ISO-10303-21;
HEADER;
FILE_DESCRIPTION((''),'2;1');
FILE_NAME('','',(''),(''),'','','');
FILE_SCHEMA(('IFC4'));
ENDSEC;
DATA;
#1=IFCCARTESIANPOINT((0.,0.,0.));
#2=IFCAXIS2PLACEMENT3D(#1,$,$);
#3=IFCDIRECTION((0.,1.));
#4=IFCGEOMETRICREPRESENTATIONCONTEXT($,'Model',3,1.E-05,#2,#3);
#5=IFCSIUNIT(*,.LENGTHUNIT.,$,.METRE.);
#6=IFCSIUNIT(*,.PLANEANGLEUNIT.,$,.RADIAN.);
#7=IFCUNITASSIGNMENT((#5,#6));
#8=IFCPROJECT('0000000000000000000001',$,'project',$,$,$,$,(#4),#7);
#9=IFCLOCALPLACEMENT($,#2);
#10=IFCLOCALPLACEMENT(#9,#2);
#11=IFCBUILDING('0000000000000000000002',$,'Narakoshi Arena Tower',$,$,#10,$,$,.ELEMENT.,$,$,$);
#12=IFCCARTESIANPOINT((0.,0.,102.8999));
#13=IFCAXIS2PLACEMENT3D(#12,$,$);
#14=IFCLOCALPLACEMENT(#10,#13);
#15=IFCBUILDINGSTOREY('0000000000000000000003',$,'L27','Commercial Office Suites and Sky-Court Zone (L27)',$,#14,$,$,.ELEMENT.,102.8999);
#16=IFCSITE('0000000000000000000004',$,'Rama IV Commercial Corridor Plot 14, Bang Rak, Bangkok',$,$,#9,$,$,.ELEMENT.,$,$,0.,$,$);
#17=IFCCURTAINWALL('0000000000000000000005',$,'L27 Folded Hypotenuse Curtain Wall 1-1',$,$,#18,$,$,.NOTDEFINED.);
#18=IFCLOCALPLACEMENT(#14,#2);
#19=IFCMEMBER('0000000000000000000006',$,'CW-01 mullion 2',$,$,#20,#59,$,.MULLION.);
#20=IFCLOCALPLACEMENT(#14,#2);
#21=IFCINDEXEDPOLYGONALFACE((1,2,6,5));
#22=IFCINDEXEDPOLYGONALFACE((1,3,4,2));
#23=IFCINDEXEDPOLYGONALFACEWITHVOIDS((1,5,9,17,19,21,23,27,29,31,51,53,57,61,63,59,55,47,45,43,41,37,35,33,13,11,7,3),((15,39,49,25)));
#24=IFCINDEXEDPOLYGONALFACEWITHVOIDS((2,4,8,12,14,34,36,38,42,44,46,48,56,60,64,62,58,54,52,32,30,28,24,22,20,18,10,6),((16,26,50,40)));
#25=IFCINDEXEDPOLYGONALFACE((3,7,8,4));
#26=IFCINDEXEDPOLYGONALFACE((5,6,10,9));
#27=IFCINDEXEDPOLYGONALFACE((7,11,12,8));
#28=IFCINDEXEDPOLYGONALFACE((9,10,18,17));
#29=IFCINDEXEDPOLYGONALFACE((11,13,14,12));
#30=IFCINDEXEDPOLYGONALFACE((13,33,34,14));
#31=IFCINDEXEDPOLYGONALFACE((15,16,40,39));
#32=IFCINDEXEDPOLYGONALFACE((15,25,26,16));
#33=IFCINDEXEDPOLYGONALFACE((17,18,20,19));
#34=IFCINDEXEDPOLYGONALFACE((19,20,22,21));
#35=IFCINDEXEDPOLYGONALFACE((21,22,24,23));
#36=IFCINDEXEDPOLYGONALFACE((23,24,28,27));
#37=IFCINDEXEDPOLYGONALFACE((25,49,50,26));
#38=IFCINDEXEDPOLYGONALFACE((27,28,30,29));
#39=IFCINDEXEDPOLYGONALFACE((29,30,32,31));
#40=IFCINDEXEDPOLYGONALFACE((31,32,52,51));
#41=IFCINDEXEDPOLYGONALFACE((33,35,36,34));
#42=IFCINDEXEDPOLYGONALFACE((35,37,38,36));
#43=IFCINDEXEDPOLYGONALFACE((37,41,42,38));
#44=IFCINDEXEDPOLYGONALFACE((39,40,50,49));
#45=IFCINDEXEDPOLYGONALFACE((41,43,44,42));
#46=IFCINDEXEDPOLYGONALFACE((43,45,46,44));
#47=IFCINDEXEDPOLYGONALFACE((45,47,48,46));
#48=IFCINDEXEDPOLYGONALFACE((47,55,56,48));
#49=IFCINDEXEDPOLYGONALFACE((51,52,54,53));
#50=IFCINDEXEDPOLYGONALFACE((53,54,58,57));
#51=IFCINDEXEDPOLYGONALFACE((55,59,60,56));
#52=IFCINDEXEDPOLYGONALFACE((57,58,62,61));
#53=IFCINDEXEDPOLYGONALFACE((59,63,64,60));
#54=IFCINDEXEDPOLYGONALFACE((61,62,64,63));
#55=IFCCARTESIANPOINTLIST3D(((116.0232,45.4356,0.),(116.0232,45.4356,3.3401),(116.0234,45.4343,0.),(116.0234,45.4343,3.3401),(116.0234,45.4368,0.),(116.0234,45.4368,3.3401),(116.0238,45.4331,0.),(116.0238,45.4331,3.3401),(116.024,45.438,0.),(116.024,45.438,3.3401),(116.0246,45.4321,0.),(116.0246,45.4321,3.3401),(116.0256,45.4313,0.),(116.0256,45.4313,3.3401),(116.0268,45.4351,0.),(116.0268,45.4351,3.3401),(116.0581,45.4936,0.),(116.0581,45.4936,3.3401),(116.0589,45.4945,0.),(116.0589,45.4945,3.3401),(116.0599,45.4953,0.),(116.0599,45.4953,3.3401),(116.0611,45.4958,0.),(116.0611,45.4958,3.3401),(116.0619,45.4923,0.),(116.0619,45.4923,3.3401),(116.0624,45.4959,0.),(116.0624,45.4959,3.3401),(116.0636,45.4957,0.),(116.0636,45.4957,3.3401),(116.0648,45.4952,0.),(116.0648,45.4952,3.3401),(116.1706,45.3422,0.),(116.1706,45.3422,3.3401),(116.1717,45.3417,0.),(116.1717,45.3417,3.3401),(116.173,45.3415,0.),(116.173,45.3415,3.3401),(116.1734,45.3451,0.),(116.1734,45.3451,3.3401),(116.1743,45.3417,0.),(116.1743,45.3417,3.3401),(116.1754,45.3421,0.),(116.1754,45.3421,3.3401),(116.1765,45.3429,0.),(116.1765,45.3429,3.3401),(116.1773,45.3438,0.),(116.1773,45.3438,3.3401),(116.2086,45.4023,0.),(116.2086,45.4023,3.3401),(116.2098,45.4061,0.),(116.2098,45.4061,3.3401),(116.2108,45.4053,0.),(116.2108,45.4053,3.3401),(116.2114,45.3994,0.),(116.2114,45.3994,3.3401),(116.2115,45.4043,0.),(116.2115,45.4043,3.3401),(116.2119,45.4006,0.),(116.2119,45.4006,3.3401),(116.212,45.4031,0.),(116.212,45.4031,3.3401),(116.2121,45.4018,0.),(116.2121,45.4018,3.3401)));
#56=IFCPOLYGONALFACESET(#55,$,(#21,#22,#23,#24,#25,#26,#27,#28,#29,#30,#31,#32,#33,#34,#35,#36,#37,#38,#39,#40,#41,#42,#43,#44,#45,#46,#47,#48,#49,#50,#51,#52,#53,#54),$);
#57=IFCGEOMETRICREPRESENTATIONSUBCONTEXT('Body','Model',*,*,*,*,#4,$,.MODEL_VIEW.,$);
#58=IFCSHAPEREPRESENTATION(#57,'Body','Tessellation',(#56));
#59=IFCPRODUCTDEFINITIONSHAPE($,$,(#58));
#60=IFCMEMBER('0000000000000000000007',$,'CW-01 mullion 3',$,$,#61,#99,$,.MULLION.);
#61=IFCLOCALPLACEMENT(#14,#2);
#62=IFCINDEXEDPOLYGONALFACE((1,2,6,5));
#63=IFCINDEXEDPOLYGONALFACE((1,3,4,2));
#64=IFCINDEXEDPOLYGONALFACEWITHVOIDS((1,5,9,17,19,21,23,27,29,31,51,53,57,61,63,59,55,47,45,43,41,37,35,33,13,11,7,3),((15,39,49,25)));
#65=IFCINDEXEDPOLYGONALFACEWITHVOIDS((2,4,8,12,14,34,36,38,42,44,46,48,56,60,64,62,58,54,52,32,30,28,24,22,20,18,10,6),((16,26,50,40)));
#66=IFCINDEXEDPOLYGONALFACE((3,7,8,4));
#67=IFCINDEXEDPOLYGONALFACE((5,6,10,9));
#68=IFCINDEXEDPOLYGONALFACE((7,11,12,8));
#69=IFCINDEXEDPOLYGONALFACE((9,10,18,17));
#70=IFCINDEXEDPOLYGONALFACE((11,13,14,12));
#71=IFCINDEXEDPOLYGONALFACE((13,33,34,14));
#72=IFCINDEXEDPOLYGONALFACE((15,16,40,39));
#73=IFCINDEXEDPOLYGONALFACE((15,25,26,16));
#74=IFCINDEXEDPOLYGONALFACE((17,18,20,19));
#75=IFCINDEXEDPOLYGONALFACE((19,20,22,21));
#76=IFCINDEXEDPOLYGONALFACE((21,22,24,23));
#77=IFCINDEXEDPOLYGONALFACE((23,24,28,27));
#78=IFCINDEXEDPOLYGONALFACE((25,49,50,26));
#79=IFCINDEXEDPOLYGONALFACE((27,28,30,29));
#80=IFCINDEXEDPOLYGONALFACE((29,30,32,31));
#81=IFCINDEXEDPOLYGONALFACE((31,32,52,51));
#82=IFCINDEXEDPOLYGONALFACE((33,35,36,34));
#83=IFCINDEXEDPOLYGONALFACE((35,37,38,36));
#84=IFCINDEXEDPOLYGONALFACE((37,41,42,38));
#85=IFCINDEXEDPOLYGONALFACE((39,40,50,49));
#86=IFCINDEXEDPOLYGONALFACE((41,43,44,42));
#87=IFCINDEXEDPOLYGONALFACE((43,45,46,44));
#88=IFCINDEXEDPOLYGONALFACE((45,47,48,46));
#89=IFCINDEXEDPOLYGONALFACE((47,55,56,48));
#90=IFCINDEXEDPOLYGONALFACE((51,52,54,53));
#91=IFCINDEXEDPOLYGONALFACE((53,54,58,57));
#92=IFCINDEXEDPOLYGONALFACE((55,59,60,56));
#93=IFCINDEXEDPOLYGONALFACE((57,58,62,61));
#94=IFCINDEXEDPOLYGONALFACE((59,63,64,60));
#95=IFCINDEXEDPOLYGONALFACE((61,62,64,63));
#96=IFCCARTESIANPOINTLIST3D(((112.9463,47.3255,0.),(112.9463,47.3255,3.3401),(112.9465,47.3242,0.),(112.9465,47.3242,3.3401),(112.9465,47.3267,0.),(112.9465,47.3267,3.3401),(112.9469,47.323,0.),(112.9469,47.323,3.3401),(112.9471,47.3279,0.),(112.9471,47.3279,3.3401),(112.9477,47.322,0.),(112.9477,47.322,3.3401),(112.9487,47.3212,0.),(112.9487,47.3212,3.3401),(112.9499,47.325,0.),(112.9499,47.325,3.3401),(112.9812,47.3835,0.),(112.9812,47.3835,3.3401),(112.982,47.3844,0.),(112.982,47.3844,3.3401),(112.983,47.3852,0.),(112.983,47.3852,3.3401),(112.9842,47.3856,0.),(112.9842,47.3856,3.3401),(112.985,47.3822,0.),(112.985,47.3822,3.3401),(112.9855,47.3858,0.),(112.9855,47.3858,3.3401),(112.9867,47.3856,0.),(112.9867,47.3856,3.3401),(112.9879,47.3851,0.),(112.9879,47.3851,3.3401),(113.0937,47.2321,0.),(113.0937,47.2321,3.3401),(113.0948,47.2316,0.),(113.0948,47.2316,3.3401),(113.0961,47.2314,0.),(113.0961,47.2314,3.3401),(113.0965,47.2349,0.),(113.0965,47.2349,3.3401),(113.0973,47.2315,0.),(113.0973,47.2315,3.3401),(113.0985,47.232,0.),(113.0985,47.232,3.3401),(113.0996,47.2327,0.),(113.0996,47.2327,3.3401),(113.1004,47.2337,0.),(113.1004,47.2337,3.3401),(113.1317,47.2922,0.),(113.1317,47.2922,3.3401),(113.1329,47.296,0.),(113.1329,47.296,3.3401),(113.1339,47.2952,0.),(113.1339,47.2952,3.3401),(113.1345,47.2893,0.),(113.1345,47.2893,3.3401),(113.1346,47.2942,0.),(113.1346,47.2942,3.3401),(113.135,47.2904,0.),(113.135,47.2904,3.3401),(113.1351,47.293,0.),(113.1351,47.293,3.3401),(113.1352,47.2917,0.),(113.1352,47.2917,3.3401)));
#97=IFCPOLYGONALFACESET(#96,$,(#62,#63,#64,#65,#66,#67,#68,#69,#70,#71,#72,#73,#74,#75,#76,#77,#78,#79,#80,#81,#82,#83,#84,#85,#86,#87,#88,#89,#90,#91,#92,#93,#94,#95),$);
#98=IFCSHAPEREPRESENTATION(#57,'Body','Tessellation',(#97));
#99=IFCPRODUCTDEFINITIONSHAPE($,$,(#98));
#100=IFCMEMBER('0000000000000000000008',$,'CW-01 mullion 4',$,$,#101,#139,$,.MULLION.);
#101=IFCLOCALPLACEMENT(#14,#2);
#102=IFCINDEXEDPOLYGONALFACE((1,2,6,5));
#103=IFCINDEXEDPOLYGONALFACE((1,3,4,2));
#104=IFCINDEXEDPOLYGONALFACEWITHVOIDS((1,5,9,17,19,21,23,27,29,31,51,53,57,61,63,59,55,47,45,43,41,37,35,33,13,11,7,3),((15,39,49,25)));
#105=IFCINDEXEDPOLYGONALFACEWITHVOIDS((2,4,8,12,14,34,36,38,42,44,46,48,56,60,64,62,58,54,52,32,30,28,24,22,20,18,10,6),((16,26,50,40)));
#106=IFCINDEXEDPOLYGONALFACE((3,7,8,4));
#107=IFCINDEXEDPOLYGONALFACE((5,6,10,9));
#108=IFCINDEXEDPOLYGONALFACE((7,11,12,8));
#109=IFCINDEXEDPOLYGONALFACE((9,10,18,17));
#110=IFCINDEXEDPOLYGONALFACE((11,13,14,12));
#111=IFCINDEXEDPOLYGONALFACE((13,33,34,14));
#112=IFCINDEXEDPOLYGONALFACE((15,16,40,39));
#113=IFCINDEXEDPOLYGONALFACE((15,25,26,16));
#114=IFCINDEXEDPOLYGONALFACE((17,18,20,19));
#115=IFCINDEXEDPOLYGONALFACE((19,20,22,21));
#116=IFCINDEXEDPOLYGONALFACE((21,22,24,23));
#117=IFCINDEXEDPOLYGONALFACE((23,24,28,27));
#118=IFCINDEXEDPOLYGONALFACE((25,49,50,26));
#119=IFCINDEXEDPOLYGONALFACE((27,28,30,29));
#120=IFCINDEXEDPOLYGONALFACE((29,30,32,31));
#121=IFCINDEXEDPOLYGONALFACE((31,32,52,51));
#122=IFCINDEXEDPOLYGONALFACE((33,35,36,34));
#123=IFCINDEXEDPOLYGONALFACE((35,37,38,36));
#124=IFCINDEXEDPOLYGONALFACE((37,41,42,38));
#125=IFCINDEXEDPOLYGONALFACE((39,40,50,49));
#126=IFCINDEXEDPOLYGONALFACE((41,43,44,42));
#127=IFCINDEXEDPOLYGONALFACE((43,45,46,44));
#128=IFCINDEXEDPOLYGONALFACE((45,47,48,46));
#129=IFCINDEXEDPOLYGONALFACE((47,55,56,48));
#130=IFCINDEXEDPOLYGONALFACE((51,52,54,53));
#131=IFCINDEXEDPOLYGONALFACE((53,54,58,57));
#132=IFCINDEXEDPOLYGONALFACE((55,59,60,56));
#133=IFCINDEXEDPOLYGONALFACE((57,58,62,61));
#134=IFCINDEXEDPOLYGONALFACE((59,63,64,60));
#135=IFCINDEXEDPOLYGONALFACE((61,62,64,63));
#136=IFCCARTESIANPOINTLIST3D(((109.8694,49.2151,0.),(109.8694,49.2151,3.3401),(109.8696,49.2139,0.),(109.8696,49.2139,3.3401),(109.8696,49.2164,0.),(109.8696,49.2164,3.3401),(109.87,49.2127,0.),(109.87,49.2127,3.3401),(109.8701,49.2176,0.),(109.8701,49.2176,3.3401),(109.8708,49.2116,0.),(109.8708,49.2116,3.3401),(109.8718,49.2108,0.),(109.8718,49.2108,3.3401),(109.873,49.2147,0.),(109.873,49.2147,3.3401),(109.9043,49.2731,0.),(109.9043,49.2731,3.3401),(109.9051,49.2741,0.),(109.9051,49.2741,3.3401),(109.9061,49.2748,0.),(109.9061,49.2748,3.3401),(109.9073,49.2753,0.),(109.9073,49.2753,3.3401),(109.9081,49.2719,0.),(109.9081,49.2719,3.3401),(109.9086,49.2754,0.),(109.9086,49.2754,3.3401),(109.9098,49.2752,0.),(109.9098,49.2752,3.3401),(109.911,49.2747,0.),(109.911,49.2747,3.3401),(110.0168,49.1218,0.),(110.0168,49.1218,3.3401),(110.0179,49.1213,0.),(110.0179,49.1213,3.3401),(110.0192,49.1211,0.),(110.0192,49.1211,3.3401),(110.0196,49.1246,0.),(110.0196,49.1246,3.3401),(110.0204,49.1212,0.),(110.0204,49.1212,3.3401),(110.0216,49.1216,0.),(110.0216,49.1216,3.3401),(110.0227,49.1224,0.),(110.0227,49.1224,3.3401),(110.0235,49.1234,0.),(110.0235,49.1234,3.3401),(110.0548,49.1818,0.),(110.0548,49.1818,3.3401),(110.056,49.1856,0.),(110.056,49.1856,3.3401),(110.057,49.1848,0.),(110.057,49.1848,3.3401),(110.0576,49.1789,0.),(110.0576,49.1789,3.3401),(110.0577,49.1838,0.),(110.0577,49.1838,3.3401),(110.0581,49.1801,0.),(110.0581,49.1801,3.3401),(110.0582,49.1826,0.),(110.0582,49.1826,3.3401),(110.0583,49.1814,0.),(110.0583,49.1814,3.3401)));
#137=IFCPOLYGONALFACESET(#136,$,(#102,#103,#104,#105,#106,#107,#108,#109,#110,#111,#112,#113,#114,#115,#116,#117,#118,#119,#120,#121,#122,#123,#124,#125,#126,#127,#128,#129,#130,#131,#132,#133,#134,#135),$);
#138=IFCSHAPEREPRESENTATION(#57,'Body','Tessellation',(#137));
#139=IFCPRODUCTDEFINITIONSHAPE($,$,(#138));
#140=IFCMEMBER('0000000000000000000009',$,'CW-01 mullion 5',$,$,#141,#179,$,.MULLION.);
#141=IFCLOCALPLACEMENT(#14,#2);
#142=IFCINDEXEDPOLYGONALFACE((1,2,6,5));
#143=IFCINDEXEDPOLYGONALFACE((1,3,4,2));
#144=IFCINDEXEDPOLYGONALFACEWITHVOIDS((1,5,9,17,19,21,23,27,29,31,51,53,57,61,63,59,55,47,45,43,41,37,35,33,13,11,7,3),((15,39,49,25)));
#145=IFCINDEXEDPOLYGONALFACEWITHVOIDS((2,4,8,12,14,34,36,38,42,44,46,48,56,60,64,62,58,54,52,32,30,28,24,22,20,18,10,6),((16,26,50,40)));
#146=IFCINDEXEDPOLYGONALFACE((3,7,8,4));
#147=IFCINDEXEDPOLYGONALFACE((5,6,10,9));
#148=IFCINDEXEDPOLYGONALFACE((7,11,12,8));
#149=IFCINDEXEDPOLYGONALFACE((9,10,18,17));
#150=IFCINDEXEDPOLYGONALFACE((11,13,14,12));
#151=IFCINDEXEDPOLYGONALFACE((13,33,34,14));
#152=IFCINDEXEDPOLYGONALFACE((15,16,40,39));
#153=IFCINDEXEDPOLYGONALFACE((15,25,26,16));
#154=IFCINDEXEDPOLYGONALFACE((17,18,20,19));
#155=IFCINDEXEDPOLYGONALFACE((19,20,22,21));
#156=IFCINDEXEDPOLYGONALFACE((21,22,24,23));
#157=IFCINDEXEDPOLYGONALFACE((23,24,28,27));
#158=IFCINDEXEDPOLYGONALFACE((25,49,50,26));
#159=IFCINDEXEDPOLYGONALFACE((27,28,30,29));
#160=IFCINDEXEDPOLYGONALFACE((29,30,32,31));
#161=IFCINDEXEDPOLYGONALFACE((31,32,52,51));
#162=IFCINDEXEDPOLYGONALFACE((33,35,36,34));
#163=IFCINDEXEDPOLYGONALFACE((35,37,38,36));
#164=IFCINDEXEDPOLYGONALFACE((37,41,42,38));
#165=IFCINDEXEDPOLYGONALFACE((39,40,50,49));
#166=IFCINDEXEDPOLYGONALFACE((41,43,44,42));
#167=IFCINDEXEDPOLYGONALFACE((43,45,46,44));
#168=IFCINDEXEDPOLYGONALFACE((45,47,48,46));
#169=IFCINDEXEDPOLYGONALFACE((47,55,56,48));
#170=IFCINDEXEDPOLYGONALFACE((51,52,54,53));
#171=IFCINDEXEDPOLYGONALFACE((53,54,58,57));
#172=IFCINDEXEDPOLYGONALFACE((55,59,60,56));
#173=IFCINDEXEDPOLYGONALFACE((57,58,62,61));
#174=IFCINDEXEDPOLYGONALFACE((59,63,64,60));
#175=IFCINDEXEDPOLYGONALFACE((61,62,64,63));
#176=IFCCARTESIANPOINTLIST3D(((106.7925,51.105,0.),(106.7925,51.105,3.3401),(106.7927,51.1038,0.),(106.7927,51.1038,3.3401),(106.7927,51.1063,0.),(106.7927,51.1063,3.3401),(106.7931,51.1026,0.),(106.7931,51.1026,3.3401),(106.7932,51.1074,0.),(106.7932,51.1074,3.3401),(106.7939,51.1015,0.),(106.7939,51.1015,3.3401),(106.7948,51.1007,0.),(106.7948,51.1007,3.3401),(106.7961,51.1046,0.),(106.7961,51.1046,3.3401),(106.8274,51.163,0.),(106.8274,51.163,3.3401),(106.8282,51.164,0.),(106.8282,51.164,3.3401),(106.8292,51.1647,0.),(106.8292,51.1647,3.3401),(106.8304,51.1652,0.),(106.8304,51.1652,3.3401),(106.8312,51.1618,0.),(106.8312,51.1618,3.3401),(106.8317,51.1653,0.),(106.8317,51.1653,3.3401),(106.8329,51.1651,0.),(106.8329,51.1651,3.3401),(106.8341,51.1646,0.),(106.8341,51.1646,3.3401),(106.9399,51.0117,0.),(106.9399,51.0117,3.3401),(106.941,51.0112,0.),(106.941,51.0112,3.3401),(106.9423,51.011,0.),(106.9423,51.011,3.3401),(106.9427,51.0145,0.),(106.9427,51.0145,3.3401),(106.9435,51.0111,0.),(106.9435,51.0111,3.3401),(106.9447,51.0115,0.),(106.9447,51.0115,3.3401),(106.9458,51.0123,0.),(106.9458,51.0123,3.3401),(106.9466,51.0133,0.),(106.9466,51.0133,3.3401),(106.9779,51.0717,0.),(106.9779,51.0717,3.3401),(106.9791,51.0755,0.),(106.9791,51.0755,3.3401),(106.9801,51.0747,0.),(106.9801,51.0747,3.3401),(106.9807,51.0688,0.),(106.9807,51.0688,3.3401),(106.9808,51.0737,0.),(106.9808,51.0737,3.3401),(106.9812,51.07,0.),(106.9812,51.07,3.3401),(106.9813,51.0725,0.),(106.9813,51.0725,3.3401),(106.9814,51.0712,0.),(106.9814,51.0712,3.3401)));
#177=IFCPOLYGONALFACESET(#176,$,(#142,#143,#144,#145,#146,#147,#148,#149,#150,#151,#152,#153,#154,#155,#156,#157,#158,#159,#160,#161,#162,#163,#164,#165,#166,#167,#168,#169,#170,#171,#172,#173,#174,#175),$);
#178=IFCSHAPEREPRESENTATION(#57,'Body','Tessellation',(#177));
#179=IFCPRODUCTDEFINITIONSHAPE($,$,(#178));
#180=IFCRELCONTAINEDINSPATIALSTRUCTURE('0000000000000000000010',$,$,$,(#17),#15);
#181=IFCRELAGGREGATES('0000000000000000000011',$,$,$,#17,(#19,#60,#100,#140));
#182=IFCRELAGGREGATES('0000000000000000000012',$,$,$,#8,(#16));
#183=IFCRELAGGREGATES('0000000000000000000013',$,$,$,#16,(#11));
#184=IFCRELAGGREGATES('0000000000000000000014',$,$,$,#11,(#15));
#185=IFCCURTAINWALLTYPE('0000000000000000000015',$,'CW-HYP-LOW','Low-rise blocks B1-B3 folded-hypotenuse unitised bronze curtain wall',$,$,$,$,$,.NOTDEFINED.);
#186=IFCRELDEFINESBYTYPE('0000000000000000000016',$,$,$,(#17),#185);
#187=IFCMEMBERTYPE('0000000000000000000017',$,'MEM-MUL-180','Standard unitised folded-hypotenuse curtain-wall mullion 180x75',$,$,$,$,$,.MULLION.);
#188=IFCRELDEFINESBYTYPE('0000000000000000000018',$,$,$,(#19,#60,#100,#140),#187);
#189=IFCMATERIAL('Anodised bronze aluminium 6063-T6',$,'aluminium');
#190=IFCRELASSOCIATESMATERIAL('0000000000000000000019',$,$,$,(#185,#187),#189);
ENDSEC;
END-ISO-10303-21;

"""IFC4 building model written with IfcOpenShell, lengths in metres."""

from ifc_helpers import new_model, si_unit, direction, frame, origin, origin_2d, place, context, subcontext, project, spatial, hollow_rectangle, extrude, material, material_profile, profile_set, type_object, element, aggregate, save


model = new_model("IFC4")

# Units and contexts
model_context = context("Model", 3, precision=1e-05, world=origin(), true_north=direction((0.0, 1.0)))
body_context = subcontext(model_context, "Body", "Model", "MODEL_VIEW")
ifc_project = project(units=[si_unit("LENGTHUNIT", "METRE"), si_unit("PLANEANGLEUNIT", "RADIAN")], contexts=[model_context])

# Site, building, storey
site_placement = place(None, origin())
site = spatial("IfcSite", under=ifc_project, at=site_placement, Name="Rama IV Commercial Corridor Plot 14, Bang Rak, Bangkok", CompositionType="ELEMENT", RefElevation=0.0)
building_placement = place(site_placement, origin())
building = spatial("IfcBuilding", under=site, at=building_placement, Name="Narakoshi Arena Tower", CompositionType="ELEMENT")
storey_placement = place(building_placement, frame((0.0, 0.0, 102.8999)))
storey = spatial("IfcBuildingStorey", under=building, at=storey_placement, Name="L27", Description="Commercial Office Suites and Sky-Court Zone (L27)", CompositionType="ELEMENT", Elevation=102.8999)

# Curtain wall, members
ifc_material_1 = material(Name="Anodised bronze aluminium 6063-T6", Category="aluminium")
curtain_wall_type = type_object("IfcCurtainWallType", Name="CW-HYP-LOW", Description="Low-rise blocks B1-B3 folded-hypotenuse unitised bronze curtain wall", PredefinedType="NOTDEFINED", material=ifc_material_1)
curtain_wall_placement = place(storey_placement, origin())
curtain_wall = element("IfcCurtainWall", 1, at=curtain_wall_placement, inside=storey, type_object=curtain_wall_type, Name="L27 Folded Hypotenuse Curtain Wall 1-1", PredefinedType="NOTDEFINED")
ifc_material_profile_1 = material_profile(ifc_material_1, hollow_rectangle(XDim=0.075, YDim=0.1799, WallThickness=0.0039, OuterFilletRadius=0.0049, at=origin_2d()), Name="MUL180x75x4")
ifc_profile_set_1 = profile_set([ifc_material_profile_1], Name="Anodised bronze aluminium 6063-T6")
member_type_1 = type_object("IfcMemberType", Name="MEM-MUL-180", Description="Standard unitised folded-hypotenuse curtain-wall mullion 180x75", PredefinedType="MULLION", material=ifc_profile_set_1)
member_1_placement = place(storey_placement, frame((116.1177, 45.4187, 0.0), z_axis=(0.0, 0.0, 1.0), x_axis=(-0.523358, -0.852113, 0.0)))
member_1 = element("IfcMember", 2, at=member_1_placement, type_object=member_type_1, Name="CW-01 mullion 2", PredefinedType="MULLION", context=body_context, shape_type="SweptSolid", body=[
    extrude(hollow_rectangle(XDim=0.075, YDim=0.1799, WallThickness=0.0039, OuterFilletRadius=0.0049, at=origin_2d()), origin(), (0.0, 0.0, 1.0), 3.3401),
])
member_2_placement = place(storey_placement, frame((113.0408, 47.3086, 0.0), z_axis=(0.0, 0.0, 1.0), x_axis=(-0.523358, -0.852113, 0.0)))
member_2 = element("IfcMember", 3, at=member_2_placement, type_object=member_type_1, Name="CW-01 mullion 3", PredefinedType="MULLION", context=body_context, shape_type="SweptSolid", body=[
    extrude(hollow_rectangle(XDim=0.075, YDim=0.1799, WallThickness=0.0039, OuterFilletRadius=0.0049, at=origin_2d()), origin(), (0.0, 0.0, 1.0), 3.3401),
])
member_3_placement = place(storey_placement, frame((109.9639, 49.1982, 0.0), z_axis=(0.0, 0.0, 1.0), x_axis=(-0.523358, -0.852113, 0.0)))
member_3 = element("IfcMember", 4, at=member_3_placement, type_object=member_type_1, Name="CW-01 mullion 4", PredefinedType="MULLION", context=body_context, shape_type="SweptSolid", body=[
    extrude(hollow_rectangle(XDim=0.075, YDim=0.1799, WallThickness=0.0039, OuterFilletRadius=0.0049, at=origin_2d()), origin(), (0.0, 0.0, 1.0), 3.3401),
])
member_4_placement = place(storey_placement, frame((106.887, 51.0881, 0.0), z_axis=(0.0, 0.0, 1.0), x_axis=(-0.523358, -0.852113, 0.0)))
member_4 = element("IfcMember", 5, at=member_4_placement, type_object=member_type_1, Name="CW-01 mullion 5", PredefinedType="MULLION", context=body_context, shape_type="SweptSolid", body=[
    extrude(hollow_rectangle(XDim=0.075, YDim=0.1799, WallThickness=0.0039, OuterFilletRadius=0.0049, at=origin_2d()), origin(), (0.0, 0.0, 1.0), 3.3401),
])
aggregate(curtain_wall, [member_1, member_2, member_3, member_4])

save(model, "model.ifc")
